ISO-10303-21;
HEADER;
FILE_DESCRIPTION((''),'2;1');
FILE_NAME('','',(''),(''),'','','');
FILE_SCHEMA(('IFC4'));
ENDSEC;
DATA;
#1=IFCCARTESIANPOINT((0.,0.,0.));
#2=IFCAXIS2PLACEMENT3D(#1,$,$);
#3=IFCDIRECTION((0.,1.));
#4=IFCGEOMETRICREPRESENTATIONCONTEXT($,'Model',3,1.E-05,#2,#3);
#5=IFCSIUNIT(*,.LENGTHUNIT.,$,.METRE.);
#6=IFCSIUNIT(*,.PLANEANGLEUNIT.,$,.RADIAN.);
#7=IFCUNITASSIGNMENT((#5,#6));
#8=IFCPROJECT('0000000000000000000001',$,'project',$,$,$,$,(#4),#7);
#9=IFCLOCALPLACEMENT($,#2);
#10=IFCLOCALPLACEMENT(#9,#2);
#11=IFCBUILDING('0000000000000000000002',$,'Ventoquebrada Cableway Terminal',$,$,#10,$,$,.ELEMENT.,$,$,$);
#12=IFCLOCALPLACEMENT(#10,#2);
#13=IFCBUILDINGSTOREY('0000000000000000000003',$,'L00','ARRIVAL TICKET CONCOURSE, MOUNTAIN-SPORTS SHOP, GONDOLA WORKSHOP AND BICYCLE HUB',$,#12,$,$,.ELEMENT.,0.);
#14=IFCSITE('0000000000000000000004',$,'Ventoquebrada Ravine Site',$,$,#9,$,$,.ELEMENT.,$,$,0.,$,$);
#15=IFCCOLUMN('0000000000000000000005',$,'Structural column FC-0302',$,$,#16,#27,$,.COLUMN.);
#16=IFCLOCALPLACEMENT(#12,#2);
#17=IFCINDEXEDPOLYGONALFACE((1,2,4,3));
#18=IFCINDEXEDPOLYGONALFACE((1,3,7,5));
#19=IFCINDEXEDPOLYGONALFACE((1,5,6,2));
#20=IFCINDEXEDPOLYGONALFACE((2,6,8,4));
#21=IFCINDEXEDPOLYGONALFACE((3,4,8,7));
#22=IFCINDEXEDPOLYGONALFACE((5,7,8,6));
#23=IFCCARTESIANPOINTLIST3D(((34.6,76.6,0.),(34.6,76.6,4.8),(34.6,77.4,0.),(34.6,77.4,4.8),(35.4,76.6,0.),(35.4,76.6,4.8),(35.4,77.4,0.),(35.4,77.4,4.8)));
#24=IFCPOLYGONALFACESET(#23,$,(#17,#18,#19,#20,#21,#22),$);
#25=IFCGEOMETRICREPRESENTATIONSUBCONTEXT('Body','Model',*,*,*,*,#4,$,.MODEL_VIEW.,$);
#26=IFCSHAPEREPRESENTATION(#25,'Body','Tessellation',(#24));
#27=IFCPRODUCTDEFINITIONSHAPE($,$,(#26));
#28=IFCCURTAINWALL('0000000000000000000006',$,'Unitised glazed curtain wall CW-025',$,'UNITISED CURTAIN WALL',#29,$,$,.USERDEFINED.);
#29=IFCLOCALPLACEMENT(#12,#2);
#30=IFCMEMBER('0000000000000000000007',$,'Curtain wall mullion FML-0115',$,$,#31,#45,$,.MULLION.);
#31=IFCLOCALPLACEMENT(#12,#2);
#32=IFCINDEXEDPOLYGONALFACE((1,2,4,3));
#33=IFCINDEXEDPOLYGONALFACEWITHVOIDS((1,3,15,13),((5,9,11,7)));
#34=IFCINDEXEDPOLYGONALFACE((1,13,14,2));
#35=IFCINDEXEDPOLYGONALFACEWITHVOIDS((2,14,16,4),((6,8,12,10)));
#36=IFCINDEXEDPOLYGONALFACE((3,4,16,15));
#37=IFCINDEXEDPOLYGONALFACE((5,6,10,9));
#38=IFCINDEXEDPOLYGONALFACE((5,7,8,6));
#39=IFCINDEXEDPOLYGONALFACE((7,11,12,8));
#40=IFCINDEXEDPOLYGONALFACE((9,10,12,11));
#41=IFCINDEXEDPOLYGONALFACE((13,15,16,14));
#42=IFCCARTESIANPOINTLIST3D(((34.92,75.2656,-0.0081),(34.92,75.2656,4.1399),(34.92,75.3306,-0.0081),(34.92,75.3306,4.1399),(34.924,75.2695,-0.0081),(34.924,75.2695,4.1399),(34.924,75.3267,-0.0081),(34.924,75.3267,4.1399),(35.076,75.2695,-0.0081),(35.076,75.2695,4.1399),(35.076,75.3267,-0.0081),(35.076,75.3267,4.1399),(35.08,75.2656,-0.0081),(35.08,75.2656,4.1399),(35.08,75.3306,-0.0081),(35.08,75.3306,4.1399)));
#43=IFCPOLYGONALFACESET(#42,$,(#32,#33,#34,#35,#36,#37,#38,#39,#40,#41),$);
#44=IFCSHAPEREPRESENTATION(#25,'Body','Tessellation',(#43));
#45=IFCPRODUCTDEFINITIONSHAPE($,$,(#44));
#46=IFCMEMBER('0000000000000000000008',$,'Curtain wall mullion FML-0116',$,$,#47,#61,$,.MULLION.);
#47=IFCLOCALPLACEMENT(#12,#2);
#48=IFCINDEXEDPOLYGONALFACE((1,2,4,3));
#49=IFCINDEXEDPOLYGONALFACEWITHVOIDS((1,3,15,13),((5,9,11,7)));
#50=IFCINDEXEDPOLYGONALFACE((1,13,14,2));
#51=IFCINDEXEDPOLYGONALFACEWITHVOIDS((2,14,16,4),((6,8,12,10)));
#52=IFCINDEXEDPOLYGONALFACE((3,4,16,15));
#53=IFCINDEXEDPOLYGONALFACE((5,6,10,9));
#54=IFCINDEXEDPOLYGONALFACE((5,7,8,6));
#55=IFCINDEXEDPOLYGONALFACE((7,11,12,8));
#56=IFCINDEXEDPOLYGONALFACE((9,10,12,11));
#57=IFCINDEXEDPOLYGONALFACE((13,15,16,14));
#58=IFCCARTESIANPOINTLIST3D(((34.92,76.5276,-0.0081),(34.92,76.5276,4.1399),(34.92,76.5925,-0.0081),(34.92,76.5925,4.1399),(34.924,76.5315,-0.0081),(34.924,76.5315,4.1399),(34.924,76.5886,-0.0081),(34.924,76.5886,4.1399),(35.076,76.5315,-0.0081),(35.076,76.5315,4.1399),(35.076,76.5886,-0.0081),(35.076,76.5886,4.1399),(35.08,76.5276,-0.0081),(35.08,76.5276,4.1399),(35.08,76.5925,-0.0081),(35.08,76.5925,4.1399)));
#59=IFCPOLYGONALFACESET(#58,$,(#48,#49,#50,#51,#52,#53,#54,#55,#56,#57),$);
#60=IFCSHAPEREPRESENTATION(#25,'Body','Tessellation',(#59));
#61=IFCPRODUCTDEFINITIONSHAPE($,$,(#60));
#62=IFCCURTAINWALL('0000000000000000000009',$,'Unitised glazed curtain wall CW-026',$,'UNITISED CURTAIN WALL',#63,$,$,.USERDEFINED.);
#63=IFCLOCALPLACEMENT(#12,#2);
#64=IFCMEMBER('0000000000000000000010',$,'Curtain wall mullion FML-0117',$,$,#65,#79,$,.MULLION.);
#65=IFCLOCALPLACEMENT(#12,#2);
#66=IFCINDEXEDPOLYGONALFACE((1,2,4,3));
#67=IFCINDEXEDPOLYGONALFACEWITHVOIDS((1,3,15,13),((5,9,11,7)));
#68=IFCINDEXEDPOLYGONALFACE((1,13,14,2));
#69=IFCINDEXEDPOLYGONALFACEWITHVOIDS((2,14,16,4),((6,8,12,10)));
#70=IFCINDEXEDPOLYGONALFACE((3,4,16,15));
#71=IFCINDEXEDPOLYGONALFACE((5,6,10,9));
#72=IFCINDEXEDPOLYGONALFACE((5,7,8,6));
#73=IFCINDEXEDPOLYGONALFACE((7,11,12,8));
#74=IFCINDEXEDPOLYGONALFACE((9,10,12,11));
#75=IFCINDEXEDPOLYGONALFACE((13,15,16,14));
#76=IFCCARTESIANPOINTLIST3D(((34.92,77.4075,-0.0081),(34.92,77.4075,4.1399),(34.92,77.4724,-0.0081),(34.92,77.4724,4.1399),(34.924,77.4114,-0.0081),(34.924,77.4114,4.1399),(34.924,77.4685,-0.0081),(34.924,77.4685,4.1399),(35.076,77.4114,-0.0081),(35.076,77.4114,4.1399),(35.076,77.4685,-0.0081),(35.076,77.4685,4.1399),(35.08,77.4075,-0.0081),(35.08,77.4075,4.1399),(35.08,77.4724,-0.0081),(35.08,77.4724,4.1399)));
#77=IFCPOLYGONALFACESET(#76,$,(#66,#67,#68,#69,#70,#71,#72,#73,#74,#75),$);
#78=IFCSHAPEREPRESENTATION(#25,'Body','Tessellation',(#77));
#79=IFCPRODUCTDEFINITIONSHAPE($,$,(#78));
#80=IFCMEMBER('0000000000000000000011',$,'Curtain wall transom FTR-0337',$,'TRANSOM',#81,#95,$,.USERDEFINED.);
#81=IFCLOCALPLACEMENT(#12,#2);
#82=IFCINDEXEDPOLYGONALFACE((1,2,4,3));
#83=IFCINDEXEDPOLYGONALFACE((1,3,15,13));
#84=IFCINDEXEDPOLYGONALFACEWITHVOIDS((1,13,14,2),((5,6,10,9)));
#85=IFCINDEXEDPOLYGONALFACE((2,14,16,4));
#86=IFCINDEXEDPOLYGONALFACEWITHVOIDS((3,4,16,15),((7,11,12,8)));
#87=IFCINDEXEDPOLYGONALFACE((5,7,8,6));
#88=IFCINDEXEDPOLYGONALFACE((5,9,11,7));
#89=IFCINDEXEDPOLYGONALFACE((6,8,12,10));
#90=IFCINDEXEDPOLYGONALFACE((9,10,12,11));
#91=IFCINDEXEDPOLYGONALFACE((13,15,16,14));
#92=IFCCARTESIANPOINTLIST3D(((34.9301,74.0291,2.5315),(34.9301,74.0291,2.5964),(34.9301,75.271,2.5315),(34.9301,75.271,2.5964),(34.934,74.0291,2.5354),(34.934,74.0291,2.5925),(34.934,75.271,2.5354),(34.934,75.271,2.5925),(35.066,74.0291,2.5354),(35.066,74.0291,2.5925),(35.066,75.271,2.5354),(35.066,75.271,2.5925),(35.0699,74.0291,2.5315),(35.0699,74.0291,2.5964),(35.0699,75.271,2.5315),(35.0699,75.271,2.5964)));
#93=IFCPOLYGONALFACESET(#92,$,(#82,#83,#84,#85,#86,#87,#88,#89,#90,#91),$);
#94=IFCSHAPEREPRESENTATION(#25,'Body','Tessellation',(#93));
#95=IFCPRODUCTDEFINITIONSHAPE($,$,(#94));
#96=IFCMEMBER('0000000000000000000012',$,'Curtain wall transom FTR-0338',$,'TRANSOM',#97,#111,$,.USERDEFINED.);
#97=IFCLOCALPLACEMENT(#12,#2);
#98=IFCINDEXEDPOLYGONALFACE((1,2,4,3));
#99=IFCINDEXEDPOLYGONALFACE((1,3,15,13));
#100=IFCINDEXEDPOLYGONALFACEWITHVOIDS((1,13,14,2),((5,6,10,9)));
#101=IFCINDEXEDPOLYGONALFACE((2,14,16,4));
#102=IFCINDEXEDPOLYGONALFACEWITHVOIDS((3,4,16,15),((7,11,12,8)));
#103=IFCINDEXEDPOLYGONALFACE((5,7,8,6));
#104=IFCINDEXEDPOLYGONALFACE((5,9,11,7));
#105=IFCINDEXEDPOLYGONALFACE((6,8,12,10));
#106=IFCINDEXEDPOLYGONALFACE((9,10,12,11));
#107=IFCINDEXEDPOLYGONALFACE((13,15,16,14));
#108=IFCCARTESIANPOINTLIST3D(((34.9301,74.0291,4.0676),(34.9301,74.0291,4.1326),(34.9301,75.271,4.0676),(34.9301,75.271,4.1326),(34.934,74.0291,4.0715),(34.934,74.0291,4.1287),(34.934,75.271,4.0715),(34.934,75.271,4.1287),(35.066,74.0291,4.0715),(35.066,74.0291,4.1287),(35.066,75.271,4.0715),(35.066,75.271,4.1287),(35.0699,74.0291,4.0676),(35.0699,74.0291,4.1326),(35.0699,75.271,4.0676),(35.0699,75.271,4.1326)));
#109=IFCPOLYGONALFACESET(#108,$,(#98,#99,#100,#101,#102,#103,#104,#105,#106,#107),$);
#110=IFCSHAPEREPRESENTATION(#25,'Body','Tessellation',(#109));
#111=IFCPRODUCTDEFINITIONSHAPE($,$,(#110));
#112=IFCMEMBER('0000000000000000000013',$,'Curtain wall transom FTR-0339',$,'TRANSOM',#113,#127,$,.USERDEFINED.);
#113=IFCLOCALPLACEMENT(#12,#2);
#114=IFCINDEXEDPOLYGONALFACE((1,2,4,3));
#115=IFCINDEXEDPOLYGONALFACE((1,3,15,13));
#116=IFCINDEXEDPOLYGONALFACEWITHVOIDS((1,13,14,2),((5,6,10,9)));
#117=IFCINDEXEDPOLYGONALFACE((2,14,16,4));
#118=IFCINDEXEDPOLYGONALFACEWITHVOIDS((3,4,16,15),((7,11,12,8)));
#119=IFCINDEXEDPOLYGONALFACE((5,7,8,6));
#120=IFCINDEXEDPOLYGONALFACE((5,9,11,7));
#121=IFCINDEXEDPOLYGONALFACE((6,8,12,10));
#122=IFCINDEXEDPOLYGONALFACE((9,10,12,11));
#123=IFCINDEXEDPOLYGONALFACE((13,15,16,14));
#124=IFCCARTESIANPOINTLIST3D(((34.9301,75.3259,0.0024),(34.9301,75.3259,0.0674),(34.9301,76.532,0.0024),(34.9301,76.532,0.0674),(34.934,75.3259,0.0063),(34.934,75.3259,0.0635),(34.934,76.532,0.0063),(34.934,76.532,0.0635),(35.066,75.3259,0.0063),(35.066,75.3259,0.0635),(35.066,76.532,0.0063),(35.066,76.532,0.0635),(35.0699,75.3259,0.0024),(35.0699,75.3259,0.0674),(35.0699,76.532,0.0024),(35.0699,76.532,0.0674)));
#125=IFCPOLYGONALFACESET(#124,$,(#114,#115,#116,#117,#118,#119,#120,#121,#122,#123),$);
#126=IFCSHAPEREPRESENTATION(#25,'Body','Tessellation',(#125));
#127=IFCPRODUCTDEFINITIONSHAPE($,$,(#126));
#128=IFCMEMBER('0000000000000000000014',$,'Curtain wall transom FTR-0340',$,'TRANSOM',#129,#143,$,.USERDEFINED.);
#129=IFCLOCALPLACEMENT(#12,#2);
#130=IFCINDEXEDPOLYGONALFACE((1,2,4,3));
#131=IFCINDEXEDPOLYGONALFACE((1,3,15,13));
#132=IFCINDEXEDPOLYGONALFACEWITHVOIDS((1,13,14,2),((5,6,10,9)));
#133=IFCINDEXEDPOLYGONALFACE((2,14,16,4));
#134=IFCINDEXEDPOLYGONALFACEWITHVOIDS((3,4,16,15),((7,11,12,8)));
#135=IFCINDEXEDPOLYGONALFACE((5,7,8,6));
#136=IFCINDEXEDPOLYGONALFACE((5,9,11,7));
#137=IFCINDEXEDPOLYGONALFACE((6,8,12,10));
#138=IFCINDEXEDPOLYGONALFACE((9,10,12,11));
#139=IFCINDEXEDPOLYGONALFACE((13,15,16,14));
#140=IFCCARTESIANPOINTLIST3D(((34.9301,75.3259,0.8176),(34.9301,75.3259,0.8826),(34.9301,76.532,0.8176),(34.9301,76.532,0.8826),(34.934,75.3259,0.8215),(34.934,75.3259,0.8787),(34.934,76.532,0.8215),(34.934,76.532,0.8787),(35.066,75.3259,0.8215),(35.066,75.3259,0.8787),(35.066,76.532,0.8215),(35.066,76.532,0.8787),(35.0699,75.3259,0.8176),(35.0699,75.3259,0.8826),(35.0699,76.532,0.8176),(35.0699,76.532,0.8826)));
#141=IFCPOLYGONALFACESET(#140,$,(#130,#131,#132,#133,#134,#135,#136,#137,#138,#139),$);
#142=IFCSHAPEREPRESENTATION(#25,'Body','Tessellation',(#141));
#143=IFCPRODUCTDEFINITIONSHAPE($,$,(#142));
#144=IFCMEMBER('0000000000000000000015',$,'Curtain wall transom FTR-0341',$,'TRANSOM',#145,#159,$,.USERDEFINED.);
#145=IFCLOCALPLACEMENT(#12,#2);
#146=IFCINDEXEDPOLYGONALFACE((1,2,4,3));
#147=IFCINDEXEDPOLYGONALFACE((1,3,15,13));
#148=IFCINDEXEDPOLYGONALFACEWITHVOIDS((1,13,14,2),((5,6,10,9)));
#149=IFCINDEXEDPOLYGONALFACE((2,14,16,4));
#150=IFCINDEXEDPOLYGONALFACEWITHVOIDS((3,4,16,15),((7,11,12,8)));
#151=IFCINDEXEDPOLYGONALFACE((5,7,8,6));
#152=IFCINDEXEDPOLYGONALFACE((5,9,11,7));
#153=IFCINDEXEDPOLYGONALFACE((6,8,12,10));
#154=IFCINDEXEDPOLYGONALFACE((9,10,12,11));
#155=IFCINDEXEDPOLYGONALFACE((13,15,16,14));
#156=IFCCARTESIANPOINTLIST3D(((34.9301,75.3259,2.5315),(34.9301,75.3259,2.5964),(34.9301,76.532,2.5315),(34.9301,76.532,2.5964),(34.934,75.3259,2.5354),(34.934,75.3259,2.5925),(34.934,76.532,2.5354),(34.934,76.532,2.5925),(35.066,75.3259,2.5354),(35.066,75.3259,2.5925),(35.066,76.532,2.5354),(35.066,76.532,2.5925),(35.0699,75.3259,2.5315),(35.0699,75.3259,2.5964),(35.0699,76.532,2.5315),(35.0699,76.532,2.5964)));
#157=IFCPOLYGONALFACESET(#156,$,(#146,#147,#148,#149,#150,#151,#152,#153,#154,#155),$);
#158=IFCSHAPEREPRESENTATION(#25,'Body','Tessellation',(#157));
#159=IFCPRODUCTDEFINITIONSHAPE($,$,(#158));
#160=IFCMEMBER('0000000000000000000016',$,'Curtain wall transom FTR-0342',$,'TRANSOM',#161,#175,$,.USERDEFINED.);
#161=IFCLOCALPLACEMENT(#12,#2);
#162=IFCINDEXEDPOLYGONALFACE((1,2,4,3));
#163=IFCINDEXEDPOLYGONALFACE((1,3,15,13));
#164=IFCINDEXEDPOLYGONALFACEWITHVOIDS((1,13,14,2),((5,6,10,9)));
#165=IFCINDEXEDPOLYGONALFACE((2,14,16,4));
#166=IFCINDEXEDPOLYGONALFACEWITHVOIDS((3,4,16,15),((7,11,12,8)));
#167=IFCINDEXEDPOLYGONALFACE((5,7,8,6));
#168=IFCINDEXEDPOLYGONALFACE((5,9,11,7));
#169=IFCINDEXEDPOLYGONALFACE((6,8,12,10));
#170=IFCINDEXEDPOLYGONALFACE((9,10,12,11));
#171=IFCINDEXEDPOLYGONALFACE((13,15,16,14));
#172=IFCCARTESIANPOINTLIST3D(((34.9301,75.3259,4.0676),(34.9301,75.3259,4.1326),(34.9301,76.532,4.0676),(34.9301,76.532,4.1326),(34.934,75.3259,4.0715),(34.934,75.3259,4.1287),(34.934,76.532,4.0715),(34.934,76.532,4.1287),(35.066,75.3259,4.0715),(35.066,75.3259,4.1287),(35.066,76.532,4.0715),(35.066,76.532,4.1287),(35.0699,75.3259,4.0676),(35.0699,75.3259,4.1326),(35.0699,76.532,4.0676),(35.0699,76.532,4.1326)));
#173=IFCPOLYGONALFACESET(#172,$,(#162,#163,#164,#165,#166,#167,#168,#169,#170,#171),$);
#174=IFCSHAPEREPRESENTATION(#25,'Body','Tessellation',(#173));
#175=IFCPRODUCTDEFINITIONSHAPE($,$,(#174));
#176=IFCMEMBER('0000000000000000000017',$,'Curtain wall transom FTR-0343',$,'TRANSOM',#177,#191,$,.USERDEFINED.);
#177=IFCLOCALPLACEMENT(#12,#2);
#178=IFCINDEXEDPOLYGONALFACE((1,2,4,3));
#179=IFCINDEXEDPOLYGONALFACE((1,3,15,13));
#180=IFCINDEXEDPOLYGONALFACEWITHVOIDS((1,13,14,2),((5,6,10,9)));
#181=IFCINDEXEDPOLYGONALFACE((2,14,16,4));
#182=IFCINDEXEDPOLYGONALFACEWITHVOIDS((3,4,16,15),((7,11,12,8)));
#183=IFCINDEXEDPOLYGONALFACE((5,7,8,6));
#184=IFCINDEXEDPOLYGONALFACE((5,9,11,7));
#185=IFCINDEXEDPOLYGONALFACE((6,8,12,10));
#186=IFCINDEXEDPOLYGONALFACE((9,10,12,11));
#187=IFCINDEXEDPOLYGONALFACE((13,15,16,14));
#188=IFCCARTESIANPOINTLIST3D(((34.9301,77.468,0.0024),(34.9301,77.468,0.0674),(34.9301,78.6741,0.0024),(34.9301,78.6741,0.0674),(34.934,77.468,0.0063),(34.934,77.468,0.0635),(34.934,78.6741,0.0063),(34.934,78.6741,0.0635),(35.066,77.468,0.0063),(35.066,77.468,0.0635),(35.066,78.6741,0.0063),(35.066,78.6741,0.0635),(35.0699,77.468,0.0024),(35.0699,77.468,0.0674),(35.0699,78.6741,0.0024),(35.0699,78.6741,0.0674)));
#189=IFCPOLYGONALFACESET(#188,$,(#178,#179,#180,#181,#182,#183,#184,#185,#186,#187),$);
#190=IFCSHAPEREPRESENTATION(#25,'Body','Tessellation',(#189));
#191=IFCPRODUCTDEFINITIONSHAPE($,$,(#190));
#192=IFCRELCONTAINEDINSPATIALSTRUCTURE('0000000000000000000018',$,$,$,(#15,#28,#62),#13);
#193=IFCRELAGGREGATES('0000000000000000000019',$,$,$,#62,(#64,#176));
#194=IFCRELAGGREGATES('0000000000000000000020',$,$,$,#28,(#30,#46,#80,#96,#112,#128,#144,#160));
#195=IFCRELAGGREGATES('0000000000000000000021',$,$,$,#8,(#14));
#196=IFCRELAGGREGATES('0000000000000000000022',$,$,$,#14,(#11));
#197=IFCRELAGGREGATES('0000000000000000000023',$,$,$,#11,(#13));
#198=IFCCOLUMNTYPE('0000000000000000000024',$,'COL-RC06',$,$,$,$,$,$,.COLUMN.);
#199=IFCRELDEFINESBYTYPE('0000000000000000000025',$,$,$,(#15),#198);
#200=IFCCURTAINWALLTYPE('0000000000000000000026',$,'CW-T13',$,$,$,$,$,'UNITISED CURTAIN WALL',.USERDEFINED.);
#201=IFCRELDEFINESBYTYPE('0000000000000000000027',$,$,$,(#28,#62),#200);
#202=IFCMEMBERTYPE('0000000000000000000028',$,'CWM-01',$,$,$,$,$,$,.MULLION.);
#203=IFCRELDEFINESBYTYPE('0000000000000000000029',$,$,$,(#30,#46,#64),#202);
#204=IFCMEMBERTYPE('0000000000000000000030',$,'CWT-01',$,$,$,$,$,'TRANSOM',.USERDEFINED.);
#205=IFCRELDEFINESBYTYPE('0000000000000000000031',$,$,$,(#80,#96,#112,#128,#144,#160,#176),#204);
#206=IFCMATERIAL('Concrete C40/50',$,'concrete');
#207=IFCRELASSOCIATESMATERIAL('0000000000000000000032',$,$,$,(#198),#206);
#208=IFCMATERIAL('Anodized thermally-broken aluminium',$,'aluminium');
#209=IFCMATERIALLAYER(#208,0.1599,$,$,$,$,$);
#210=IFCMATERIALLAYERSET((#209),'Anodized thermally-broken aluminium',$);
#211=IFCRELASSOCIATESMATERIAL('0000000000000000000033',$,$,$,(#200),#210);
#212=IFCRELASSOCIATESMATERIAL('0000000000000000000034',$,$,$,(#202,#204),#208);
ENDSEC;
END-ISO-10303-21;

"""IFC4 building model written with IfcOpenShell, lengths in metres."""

from ifc_helpers import new_model, si_unit, direction, frame, origin, origin_2d, place, context, subcontext, project, spatial, rectangle, hollow_rectangle, extrude, material, layer, layer_set, material_profile, profile_set, type_object, element, aggregate, save


model = new_model("IFC4")

# Units and contexts
model_context = context("Model", 3, precision=1e-05, world=origin(), true_north=direction((0.0, 1.0)))
body_context = subcontext(model_context, "Body", "Model", "MODEL_VIEW")
ifc_project = project(units=[si_unit("LENGTHUNIT", "METRE"), si_unit("PLANEANGLEUNIT", "RADIAN")], contexts=[model_context])

# Site, building, storey
site_placement = place(None, origin())
site = spatial("IfcSite", under=ifc_project, at=site_placement, Name="Ventoquebrada Ravine Site", CompositionType="ELEMENT", RefElevation=0.0)
building_placement = place(site_placement, origin())
building = spatial("IfcBuilding", under=site, at=building_placement, Name="Ventoquebrada Cableway Terminal", CompositionType="ELEMENT")
storey_placement = place(building_placement, origin())
storey = spatial("IfcBuildingStorey", under=building, at=storey_placement, Name="L00", Description="ARRIVAL TICKET CONCOURSE, MOUNTAIN-SPORTS SHOP, GONDOLA WORKSHOP AND BICYCLE HUB", CompositionType="ELEMENT", Elevation=0.0)

# Column
ifc_material_1 = material(Name="Concrete C40/50", Category="concrete")
ifc_material_profile_1 = material_profile(ifc_material_1, rectangle(XDim=0.8, YDim=0.8, at=origin_2d()), Name="RC-COL-800X800")
ifc_profile_set_1 = profile_set([ifc_material_profile_1], Name="Concrete C40/50")
column_type = type_object("IfcColumnType", Name="COL-RC06", PredefinedType="COLUMN", material=ifc_profile_set_1)
column_placement = place(storey_placement, frame((35.0, 77.0, 0.0), z_axis=(0.0, 0.0, 1.0), x_axis=(1.0, 0.0, 0.0)))
element("IfcColumn", 1, at=column_placement, inside=storey, type_object=column_type, Name="Structural column FC-0302", PredefinedType="COLUMN", context=body_context, shape_type="SweptSolid", body=[
    extrude(rectangle(XDim=0.8, YDim=0.8, at=origin_2d()), origin(), (0.0, 0.0, 1.0), 4.8),
])

# Curtain wall, members
ifc_material_2 = material(Name="Anodized thermally-broken aluminium", Category="aluminium")
ifc_layer_1 = layer(ifc_material_2, 0.1599)
ifc_layer_set_1 = layer_set([ifc_layer_1], Name="Anodized thermally-broken aluminium")
curtain_wall_type = type_object("IfcCurtainWallType", Name="CW-T13", ElementType="UNITISED CURTAIN WALL", PredefinedType="USERDEFINED", material=ifc_layer_set_1)
curtain_wall_1_placement = place(storey_placement, origin())
curtain_wall_1 = element("IfcCurtainWall", 2, at=curtain_wall_1_placement, inside=storey, type_object=curtain_wall_type, Name="Unitised glazed curtain wall CW-025", ObjectType="UNITISED CURTAIN WALL", PredefinedType="USERDEFINED")
ifc_material_profile_2 = material_profile(ifc_material_2, hollow_rectangle(XDim=0.0649, YDim=0.1599, WallThickness=0.0039, at=origin_2d()), Name="CW-MUL-65X160")
ifc_profile_set_2 = profile_set([ifc_material_profile_2], Name="Anodized thermally-broken aluminium")
member_type_1 = type_object("IfcMemberType", Name="CWM-01", PredefinedType="MULLION", material=ifc_profile_set_2)
member_1_placement = place(storey_placement, frame((35.0, 75.2981, -0.0081), z_axis=(0.0, 0.0, 1.0), x_axis=(0.0, 1.0, 0.0)))
member_1 = element("IfcMember", 3, at=member_1_placement, type_object=member_type_1, Name="Curtain wall mullion FML-0115", PredefinedType="MULLION", context=body_context, shape_type="SweptSolid", body=[
    extrude(hollow_rectangle(XDim=0.0649, YDim=0.1599, WallThickness=0.0039, at=origin_2d()), origin(), (0.0, 0.0, 1.0), 4.1479),
])
member_2_placement = place(storey_placement, frame((35.0, 76.5601, -0.0081), z_axis=(0.0, 0.0, 1.0), x_axis=(0.0, 1.0, 0.0)))
member_2 = element("IfcMember", 4, at=member_2_placement, type_object=member_type_1, Name="Curtain wall mullion FML-0116", PredefinedType="MULLION", context=body_context, shape_type="SweptSolid", body=[
    extrude(hollow_rectangle(XDim=0.0649, YDim=0.1599, WallThickness=0.0039, at=origin_2d()), origin(), (0.0, 0.0, 1.0), 4.1479),
])

# Curtain wall, member
curtain_wall_2_placement = place(storey_placement, origin())
curtain_wall_2 = element("IfcCurtainWall", 5, at=curtain_wall_2_placement, inside=storey, type_object=curtain_wall_type, Name="Unitised glazed curtain wall CW-026", ObjectType="UNITISED CURTAIN WALL", PredefinedType="USERDEFINED")
member_3_placement = place(storey_placement, frame((35.0, 77.4399, -0.0081), z_axis=(0.0, 0.0, 1.0), x_axis=(0.0, 1.0, 0.0)))
member_3 = element("IfcMember", 6, at=member_3_placement, type_object=member_type_1, Name="Curtain wall mullion FML-0117", PredefinedType="MULLION", context=body_context, shape_type="SweptSolid", body=[
    extrude(hollow_rectangle(XDim=0.0649, YDim=0.1599, WallThickness=0.0039, at=origin_2d()), origin(), (0.0, 0.0, 1.0), 4.1479),
])

# Members
ifc_material_profile_3 = material_profile(ifc_material_2, hollow_rectangle(XDim=0.0649, YDim=0.1399, WallThickness=0.0039, at=origin_2d()), Name="CW-TRN-65X140")
ifc_profile_set_3 = profile_set([ifc_material_profile_3], Name="Anodized thermally-broken aluminium")
member_type_2 = type_object("IfcMemberType", Name="CWT-01", ElementType="TRANSOM", PredefinedType="USERDEFINED", material=ifc_profile_set_3)
member_4_placement = place(storey_placement, frame((35.0, 74.0291, 2.564), z_axis=(0.0, 1.0, 0.0), x_axis=(0.0, 0.0, 1.0)))
member_4 = element("IfcMember", 7, at=member_4_placement, type_object=member_type_2, Name="Curtain wall transom FTR-0337", ObjectType="TRANSOM", PredefinedType="USERDEFINED", context=body_context, shape_type="SweptSolid", body=[
    extrude(hollow_rectangle(XDim=0.0649, YDim=0.1399, WallThickness=0.0039, at=origin_2d()), origin(), (0.0, 0.0, 1.0), 1.2419),
])
member_5_placement = place(storey_placement, frame((35.0, 74.0291, 4.1001), z_axis=(0.0, 1.0, 0.0), x_axis=(0.0, 0.0, 1.0)))
member_5 = element("IfcMember", 8, at=member_5_placement, type_object=member_type_2, Name="Curtain wall transom FTR-0338", ObjectType="TRANSOM", PredefinedType="USERDEFINED", context=body_context, shape_type="SweptSolid", body=[
    extrude(hollow_rectangle(XDim=0.0649, YDim=0.1399, WallThickness=0.0039, at=origin_2d()), origin(), (0.0, 0.0, 1.0), 1.2419),
])
member_6_placement = place(storey_placement, frame((35.0, 75.3259, 0.0349), z_axis=(0.0, 1.0, 0.0), x_axis=(0.0, 0.0, 1.0)))
member_6 = element("IfcMember", 9, at=member_6_placement, type_object=member_type_2, Name="Curtain wall transom FTR-0339", ObjectType="TRANSOM", PredefinedType="USERDEFINED", context=body_context, shape_type="SweptSolid", body=[
    extrude(hollow_rectangle(XDim=0.0649, YDim=0.1399, WallThickness=0.0039, at=origin_2d()), origin(), (0.0, 0.0, 1.0), 1.2061),
])
member_7_placement = place(storey_placement, frame((35.0, 75.3259, 0.8501), z_axis=(0.0, 1.0, 0.0), x_axis=(0.0, 0.0, 1.0)))
member_7 = element("IfcMember", 10, at=member_7_placement, type_object=member_type_2, Name="Curtain wall transom FTR-0340", ObjectType="TRANSOM", PredefinedType="USERDEFINED", context=body_context, shape_type="SweptSolid", body=[
    extrude(hollow_rectangle(XDim=0.0649, YDim=0.1399, WallThickness=0.0039, at=origin_2d()), origin(), (0.0, 0.0, 1.0), 1.2061),
])
member_8_placement = place(storey_placement, frame((35.0, 75.3259, 2.564), z_axis=(0.0, 1.0, 0.0), x_axis=(0.0, 0.0, 1.0)))
member_8 = element("IfcMember", 11, at=member_8_placement, type_object=member_type_2, Name="Curtain wall transom FTR-0341", ObjectType="TRANSOM", PredefinedType="USERDEFINED", context=body_context, shape_type="SweptSolid", body=[
    extrude(hollow_rectangle(XDim=0.0649, YDim=0.1399, WallThickness=0.0039, at=origin_2d()), origin(), (0.0, 0.0, 1.0), 1.2061),
])
member_9_placement = place(storey_placement, frame((35.0, 75.3259, 4.1001), z_axis=(0.0, 1.0, 0.0), x_axis=(0.0, 0.0, 1.0)))
member_9 = element("IfcMember", 12, at=member_9_placement, type_object=member_type_2, Name="Curtain wall transom FTR-0342", ObjectType="TRANSOM", PredefinedType="USERDEFINED", context=body_context, shape_type="SweptSolid", body=[
    extrude(hollow_rectangle(XDim=0.0649, YDim=0.1399, WallThickness=0.0039, at=origin_2d()), origin(), (0.0, 0.0, 1.0), 1.2061),
])
member_10_placement = place(storey_placement, frame((35.0, 77.468, 0.0349), z_axis=(0.0, 1.0, 0.0), x_axis=(0.0, 0.0, 1.0)))
member_10 = element("IfcMember", 13, at=member_10_placement, type_object=member_type_2, Name="Curtain wall transom FTR-0343", ObjectType="TRANSOM", PredefinedType="USERDEFINED", context=body_context, shape_type="SweptSolid", body=[
    extrude(hollow_rectangle(XDim=0.0649, YDim=0.1399, WallThickness=0.0039, at=origin_2d()), origin(), (0.0, 0.0, 1.0), 1.2061),
])
aggregate(curtain_wall_2, [member_3, member_10])

aggregate(curtain_wall_1, [member_1, member_2, member_4, member_5, member_6, member_7, member_8, member_9])

save(model, "model.ifc")
